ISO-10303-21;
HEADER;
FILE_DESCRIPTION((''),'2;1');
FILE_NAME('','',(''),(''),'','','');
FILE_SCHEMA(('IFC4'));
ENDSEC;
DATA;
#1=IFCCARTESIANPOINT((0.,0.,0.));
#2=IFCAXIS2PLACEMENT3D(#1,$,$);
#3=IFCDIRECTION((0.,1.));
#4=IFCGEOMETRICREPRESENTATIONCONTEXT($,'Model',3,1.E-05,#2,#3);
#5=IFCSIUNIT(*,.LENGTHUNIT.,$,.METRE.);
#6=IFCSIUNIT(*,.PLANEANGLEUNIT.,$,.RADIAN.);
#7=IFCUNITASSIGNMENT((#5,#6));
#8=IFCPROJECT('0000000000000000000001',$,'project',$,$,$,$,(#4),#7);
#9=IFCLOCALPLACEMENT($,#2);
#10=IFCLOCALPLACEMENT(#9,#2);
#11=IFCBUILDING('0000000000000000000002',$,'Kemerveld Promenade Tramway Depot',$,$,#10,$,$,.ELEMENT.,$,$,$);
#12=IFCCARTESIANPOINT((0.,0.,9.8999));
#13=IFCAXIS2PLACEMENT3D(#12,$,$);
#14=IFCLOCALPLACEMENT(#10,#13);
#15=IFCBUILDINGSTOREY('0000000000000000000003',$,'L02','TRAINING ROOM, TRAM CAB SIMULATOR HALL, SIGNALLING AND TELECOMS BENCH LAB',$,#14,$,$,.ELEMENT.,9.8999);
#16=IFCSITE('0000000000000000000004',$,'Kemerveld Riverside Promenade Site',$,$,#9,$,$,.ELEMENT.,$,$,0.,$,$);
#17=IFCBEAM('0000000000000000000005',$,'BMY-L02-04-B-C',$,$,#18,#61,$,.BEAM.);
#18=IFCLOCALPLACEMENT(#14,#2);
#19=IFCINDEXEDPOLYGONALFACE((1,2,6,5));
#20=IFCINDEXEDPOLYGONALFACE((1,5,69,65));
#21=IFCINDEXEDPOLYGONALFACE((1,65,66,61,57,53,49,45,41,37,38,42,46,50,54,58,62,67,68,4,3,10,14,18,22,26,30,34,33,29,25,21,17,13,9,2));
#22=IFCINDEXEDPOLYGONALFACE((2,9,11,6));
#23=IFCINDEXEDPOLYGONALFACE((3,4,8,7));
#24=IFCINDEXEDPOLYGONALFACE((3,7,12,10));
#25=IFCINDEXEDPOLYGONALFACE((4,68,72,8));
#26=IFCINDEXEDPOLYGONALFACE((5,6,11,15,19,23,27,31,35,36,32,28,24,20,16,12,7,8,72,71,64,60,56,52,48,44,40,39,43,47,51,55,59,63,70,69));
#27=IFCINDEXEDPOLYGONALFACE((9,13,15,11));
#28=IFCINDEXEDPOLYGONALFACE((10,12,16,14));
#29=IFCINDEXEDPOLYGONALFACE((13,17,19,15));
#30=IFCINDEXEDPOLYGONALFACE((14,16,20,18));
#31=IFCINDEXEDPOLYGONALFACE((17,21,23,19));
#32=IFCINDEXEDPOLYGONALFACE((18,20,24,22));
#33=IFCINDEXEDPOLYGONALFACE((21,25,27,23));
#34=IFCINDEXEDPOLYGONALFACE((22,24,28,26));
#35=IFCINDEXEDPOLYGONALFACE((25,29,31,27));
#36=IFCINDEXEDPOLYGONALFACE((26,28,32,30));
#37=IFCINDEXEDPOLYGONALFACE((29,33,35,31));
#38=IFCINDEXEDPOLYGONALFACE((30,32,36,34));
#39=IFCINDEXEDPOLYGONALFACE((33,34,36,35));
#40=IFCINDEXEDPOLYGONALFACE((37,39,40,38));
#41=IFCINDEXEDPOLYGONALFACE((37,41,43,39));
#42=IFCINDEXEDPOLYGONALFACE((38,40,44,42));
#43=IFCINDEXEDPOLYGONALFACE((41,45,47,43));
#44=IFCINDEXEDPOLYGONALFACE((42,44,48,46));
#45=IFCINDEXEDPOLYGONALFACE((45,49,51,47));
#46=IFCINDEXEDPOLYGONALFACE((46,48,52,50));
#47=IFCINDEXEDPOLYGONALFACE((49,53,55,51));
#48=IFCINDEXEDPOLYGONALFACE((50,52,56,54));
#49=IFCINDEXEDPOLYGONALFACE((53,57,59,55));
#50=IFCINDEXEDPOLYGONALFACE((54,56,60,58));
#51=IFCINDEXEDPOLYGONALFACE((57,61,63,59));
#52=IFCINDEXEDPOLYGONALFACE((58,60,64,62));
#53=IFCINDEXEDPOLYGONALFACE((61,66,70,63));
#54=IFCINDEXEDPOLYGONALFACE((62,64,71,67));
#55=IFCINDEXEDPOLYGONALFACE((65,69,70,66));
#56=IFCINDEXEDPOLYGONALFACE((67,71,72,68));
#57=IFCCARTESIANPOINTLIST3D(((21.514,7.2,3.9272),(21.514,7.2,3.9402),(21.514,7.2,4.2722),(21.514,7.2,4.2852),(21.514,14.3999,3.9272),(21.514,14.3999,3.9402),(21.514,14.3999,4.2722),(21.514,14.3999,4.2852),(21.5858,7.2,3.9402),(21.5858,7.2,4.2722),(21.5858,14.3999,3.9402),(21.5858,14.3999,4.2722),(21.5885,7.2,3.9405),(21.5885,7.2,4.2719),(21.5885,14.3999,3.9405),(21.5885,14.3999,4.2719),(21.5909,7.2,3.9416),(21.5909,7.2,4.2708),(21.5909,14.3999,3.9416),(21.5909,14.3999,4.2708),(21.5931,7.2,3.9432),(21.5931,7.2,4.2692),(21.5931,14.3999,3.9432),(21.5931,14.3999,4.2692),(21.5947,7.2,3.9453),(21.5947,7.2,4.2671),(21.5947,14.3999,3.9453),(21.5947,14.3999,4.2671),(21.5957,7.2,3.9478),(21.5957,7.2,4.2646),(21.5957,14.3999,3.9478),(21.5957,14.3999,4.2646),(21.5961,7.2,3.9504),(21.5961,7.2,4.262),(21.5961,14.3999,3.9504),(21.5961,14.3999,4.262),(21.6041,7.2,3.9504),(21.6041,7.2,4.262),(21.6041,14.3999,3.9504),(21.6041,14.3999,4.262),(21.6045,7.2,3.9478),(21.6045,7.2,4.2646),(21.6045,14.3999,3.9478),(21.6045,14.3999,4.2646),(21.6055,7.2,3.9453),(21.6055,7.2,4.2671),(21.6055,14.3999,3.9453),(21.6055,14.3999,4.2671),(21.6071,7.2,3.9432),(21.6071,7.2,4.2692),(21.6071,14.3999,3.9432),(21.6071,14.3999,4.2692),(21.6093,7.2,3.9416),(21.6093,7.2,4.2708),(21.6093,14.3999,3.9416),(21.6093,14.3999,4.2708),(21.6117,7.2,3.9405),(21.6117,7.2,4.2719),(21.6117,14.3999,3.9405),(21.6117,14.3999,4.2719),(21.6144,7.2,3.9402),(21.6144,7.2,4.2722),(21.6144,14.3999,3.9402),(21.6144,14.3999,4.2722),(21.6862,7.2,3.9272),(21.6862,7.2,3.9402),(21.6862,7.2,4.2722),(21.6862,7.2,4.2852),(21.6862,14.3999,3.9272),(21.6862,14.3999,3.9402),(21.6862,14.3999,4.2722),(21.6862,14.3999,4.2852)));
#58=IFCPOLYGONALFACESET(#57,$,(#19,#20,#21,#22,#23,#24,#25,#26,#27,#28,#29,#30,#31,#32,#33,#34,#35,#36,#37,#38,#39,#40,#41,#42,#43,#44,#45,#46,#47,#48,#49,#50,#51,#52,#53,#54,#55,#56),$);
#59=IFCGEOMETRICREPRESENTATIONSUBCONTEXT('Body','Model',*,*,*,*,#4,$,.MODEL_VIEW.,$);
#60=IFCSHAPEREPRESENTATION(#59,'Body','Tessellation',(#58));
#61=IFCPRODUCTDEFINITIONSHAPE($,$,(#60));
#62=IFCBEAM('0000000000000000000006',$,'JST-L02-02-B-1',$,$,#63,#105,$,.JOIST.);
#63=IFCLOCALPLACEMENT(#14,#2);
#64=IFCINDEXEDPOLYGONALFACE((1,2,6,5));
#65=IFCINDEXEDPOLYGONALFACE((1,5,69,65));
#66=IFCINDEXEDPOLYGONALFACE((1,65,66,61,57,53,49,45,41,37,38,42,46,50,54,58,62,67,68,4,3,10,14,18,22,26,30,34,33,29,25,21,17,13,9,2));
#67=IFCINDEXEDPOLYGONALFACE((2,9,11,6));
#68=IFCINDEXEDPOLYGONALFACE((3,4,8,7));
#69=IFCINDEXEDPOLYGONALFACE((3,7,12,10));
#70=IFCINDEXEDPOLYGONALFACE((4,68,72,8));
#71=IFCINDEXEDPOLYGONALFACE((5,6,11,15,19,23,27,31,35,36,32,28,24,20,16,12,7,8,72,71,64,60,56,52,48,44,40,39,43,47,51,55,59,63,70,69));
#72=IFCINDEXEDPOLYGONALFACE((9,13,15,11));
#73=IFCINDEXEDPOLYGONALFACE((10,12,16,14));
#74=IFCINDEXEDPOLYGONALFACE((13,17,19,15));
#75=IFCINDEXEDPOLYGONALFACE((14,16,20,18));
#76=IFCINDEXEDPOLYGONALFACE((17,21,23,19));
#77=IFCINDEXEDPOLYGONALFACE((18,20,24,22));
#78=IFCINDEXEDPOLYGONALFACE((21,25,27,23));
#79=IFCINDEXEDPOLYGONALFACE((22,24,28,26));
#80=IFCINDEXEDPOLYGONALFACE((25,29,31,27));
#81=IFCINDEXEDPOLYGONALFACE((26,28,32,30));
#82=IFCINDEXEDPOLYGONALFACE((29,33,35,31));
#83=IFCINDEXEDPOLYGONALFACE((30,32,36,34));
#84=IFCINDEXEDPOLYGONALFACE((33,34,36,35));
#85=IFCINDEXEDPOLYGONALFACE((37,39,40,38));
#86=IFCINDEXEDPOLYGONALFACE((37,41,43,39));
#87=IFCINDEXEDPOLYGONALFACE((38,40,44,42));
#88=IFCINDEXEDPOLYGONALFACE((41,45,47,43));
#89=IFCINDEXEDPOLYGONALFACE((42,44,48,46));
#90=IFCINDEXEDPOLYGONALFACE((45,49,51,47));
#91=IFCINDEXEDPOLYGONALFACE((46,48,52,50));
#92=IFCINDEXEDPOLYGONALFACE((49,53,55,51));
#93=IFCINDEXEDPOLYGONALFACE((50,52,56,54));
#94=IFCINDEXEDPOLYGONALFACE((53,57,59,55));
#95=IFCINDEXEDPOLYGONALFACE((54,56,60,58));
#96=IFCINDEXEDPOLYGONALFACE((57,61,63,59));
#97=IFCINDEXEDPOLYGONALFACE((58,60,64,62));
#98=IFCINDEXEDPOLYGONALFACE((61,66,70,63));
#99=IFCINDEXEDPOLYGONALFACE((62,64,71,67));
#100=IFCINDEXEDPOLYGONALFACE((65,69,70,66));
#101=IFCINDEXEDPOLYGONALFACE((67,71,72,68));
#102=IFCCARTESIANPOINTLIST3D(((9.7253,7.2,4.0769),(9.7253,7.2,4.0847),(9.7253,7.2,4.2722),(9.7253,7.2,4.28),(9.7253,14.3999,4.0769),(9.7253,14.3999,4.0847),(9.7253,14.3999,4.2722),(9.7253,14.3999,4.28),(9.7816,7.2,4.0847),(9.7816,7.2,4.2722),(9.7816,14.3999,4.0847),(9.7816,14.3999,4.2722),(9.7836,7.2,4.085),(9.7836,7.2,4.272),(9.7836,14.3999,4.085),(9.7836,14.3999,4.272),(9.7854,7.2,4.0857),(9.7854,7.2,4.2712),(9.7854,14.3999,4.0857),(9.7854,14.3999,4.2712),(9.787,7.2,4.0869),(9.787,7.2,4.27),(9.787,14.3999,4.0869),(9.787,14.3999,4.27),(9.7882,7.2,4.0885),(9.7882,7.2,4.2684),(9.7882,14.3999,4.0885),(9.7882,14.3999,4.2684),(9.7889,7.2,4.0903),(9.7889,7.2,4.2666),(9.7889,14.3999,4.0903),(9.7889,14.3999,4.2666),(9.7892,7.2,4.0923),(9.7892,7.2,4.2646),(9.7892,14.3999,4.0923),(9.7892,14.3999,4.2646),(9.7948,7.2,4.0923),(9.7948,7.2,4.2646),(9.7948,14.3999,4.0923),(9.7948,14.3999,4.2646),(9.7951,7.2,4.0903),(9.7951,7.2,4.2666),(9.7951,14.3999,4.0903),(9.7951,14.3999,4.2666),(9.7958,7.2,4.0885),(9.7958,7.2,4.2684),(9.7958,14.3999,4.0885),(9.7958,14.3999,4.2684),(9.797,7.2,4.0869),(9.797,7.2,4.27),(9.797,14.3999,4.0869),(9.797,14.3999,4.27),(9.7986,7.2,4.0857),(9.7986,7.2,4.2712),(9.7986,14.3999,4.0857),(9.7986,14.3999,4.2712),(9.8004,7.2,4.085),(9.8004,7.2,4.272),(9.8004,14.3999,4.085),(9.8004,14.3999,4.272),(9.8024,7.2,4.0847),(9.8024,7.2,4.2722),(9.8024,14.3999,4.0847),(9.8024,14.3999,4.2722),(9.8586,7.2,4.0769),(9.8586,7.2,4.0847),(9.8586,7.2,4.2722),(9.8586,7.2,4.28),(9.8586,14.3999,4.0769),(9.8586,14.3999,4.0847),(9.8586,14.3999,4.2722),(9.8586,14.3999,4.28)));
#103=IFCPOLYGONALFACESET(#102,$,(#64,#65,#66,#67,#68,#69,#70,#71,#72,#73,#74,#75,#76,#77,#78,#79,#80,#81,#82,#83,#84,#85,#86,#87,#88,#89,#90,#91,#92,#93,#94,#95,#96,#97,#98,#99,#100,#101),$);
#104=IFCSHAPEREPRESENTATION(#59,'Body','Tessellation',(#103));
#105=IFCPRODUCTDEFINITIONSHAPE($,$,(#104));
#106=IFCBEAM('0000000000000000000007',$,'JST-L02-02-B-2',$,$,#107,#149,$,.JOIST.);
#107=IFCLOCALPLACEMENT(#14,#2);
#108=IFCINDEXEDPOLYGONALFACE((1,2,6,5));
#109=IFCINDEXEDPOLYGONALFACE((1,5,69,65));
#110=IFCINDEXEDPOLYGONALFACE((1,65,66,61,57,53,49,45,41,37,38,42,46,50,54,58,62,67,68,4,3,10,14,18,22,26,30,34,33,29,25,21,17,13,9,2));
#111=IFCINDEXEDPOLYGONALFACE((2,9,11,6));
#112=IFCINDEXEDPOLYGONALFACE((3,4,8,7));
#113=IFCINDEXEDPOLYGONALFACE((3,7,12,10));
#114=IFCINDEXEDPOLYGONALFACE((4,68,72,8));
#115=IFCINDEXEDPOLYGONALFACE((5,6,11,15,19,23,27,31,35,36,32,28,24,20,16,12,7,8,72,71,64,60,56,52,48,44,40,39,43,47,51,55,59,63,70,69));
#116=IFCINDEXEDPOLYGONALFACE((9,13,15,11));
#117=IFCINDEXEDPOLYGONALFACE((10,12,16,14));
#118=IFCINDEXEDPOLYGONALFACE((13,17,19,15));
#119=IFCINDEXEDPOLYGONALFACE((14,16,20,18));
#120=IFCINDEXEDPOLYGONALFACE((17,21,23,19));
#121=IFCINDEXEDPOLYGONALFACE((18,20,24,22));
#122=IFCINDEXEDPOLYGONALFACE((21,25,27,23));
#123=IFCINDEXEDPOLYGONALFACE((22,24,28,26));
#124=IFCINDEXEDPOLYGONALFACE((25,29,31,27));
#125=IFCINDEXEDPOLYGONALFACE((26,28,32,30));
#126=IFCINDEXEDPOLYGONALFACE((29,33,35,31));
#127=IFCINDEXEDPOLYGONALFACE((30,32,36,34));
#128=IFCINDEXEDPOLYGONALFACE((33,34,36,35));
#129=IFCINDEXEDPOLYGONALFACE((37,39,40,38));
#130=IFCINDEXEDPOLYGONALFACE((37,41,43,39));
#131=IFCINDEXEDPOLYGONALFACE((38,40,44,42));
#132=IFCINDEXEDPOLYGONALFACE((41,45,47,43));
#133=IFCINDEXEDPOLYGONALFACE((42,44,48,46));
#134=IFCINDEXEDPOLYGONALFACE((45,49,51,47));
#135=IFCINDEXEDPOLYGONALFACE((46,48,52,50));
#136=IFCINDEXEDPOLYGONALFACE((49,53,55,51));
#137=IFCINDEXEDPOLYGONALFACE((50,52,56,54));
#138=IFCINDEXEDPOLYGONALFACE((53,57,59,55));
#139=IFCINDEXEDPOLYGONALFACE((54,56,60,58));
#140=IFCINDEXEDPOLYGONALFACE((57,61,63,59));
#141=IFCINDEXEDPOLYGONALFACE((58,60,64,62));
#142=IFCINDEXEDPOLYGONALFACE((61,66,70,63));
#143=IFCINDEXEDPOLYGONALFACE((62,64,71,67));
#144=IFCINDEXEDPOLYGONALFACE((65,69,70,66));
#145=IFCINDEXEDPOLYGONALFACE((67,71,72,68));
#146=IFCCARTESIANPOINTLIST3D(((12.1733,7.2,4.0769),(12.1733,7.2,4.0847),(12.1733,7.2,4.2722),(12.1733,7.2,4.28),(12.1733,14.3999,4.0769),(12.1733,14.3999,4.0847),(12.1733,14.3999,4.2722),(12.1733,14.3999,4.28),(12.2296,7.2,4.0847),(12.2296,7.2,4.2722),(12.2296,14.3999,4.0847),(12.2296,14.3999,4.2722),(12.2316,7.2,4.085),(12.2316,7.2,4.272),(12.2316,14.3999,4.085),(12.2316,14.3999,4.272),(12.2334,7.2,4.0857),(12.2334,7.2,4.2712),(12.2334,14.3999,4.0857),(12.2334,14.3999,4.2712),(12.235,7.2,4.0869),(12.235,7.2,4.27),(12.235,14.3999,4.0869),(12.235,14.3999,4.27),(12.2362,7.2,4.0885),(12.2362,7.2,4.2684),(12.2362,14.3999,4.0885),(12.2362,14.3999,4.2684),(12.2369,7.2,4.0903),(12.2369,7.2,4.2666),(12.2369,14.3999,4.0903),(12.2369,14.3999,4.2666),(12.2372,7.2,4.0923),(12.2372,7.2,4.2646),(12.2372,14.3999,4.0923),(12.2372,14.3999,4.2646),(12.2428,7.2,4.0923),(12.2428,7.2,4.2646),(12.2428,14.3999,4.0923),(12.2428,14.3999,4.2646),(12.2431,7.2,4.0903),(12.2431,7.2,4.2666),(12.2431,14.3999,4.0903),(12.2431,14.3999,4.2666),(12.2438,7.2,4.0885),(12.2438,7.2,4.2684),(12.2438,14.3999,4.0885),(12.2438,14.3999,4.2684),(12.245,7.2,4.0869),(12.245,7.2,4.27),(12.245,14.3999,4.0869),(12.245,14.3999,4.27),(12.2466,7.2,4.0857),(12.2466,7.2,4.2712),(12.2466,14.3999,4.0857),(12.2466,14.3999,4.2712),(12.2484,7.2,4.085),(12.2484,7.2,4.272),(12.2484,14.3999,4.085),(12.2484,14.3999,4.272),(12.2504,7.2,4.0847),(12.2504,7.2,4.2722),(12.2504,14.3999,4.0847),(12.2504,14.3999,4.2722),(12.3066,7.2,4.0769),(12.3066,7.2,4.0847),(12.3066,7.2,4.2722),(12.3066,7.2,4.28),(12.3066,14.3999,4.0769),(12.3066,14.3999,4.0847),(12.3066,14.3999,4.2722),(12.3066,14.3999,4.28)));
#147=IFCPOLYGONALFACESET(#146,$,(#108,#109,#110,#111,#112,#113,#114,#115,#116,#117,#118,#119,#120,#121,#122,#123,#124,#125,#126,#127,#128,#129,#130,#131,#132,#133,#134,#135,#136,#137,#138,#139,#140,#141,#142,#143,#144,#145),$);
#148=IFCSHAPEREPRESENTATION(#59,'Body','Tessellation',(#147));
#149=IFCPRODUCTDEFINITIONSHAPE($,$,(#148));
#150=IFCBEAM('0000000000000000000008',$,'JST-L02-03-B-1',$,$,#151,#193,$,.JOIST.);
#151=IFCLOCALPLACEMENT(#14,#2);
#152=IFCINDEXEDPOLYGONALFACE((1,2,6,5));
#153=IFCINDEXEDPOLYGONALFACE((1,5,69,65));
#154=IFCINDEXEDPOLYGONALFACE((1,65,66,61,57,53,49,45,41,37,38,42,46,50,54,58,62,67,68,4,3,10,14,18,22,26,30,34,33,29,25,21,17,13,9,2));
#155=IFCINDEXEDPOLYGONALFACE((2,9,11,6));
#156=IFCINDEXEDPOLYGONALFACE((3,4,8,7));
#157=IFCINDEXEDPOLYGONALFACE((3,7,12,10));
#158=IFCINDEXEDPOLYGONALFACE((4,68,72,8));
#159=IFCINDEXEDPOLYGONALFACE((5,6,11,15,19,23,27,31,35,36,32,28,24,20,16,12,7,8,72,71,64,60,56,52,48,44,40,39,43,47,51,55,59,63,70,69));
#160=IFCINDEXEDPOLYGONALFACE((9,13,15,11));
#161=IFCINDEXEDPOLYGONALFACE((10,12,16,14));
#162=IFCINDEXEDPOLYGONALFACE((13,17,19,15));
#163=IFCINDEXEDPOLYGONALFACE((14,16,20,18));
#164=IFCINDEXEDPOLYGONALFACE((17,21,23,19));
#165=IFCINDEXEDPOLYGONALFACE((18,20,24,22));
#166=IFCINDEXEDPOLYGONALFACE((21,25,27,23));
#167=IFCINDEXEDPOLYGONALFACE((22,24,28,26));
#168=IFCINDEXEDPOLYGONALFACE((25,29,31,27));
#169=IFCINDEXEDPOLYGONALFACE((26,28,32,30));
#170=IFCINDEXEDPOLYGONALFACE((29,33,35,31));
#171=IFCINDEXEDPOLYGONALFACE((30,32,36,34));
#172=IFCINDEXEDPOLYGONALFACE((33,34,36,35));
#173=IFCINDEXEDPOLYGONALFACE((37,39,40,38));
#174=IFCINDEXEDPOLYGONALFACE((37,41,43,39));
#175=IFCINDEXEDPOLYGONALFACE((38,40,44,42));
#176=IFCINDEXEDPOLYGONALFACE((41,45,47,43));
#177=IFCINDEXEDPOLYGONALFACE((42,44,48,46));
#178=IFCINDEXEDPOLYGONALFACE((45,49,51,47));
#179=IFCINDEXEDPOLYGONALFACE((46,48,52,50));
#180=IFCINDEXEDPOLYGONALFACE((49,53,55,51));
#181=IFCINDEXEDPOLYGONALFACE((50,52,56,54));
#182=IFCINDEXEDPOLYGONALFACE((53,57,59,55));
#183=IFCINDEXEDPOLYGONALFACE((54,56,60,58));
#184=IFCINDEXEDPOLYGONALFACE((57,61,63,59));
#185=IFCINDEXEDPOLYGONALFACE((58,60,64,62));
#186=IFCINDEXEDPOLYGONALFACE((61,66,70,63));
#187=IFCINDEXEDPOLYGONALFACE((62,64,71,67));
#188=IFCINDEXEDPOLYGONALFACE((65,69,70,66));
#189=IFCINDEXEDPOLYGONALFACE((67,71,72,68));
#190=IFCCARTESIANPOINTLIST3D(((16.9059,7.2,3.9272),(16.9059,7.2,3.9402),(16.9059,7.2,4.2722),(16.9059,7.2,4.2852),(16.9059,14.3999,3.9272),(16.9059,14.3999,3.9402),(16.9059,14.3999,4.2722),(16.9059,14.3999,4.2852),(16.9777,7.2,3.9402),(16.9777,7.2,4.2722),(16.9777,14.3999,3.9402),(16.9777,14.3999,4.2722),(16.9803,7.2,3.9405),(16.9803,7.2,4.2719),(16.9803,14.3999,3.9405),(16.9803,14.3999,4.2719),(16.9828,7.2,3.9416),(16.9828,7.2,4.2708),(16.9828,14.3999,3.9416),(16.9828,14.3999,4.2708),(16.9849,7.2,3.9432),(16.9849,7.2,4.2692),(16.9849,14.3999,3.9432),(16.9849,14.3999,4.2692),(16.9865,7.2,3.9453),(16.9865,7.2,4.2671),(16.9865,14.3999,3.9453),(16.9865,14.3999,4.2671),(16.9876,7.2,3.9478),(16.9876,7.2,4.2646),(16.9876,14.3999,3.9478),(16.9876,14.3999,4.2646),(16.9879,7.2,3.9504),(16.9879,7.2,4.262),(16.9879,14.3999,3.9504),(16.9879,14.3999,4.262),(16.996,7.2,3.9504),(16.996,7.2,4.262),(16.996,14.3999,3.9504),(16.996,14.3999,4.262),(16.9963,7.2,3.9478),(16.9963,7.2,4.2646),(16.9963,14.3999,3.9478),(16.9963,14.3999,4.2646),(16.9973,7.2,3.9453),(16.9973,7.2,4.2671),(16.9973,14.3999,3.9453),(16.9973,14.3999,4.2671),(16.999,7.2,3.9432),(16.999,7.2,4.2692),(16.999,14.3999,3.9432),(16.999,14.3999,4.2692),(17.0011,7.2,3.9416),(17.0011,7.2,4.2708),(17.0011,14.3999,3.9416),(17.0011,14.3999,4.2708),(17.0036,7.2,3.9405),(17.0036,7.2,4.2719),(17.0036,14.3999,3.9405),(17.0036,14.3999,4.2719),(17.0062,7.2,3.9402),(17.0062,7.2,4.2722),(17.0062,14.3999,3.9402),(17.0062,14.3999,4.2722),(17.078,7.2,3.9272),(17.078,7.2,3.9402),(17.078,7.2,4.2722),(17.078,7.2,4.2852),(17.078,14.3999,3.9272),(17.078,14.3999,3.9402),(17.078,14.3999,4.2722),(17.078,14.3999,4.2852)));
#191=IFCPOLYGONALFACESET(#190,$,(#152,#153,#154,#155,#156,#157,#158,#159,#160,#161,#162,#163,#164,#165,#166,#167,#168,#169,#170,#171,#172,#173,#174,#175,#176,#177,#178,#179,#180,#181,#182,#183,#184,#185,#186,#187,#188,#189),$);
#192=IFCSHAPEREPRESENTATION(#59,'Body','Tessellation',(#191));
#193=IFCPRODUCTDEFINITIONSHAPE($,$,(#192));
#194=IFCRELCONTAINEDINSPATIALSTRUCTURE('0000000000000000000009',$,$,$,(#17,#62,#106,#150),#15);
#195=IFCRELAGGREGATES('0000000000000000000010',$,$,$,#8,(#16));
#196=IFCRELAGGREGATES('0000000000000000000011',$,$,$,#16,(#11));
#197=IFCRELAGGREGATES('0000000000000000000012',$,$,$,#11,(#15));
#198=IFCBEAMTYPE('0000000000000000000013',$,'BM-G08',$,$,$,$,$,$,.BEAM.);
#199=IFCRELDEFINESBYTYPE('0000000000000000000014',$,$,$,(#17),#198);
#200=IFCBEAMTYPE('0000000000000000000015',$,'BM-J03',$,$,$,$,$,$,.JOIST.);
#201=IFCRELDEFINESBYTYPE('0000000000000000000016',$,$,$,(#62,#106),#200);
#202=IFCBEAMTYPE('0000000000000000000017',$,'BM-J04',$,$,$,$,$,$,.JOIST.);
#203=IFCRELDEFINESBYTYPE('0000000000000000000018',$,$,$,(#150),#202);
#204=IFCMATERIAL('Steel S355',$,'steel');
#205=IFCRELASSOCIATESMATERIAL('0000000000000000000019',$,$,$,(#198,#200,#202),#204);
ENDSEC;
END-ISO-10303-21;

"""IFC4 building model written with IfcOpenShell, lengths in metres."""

from ifc_helpers import new_model, si_unit, direction, frame, origin, origin_2d, place, context, subcontext, project, spatial, i_section, extrude, material, material_profile, profile_set, type_object, element, save


model = new_model("IFC4")

# Units and contexts
model_context = context("Model", 3, precision=1e-05, world=origin(), true_north=direction((0.0, 1.0)))
body_context = subcontext(model_context, "Body", "Model", "MODEL_VIEW")
ifc_project = project(units=[si_unit("LENGTHUNIT", "METRE"), si_unit("PLANEANGLEUNIT", "RADIAN")], contexts=[model_context])

# Site, building, storey
site_placement = place(None, origin())
site = spatial("IfcSite", under=ifc_project, at=site_placement, Name="Kemerveld Riverside Promenade Site", CompositionType="ELEMENT", RefElevation=0.0)
building_placement = place(site_placement, origin())
building = spatial("IfcBuilding", under=site, at=building_placement, Name="Kemerveld Promenade Tramway Depot", CompositionType="ELEMENT")
storey_placement = place(building_placement, frame((0.0, 0.0, 9.8999)))
storey = spatial("IfcBuildingStorey", under=building, at=storey_placement, Name="L02", Description="TRAINING ROOM, TRAM CAB SIMULATOR HALL, SIGNALLING AND TELECOMS BENCH LAB", CompositionType="ELEMENT", Elevation=9.8999)

# Shared definitions
ifc_material_1 = material(Name="Steel S355", Category="steel")

# Beams
ifc_material_profile_1 = material_profile(ifc_material_1, i_section(OverallWidth=0.1721, OverallDepth=0.3579, WebThickness=0.0081, FlangeThickness=0.0129, FilletRadius=0.0103, at=origin_2d()), Name="356x171x57 UB")
ifc_profile_set_1 = profile_set([ifc_material_profile_1], Name="Steel S355")
beam_type_1 = type_object("IfcBeamType", Name="BM-G08", PredefinedType="BEAM", material=ifc_profile_set_1)
beam_1_placement = place(storey_placement, frame((21.6001, 7.2, 4.1062), z_axis=(0.0, 1.0, 0.0), x_axis=(-1.0, 0.0, 0.0)))
element("IfcBeam", 1, at=beam_1_placement, inside=storey, type_object=beam_type_1, Name="BMY-L02-04-B-C", PredefinedType="BEAM", context=body_context, shape_type="SweptSolid", body=[
    extrude(i_section(OverallWidth=0.1721, OverallDepth=0.3579, WebThickness=0.0081, FlangeThickness=0.0129, FilletRadius=0.0103, at=origin_2d()), origin(), (0.0, 0.0, 1.0), 7.2),
])
ifc_material_profile_2 = material_profile(ifc_material_1, i_section(OverallWidth=0.1333, OverallDepth=0.2031, WebThickness=0.0056, FlangeThickness=0.0078, FilletRadius=0.0076, at=origin_2d()), Name="203x133x25 UB")
ifc_profile_set_2 = profile_set([ifc_material_profile_2], Name="Steel S355")
beam_type_2 = type_object("IfcBeamType", Name="BM-J03", PredefinedType="JOIST", material=ifc_profile_set_2)
for number, where, z_axis, x_axis, name in (
    (2, (9.792, 7.2, 4.1785), (0.0, 1.0, 0.0), (-1.0, 0.0, 0.0), "JST-L02-02-B-1"),
    (3, (12.24, 7.2, 4.1785), (0.0, 1.0, 0.0), (-1.0, 0.0, 0.0), "JST-L02-02-B-2"),
):
    element("IfcBeam", number, at=place(storey_placement, frame(where, z_axis=z_axis, x_axis=x_axis)), inside=storey, type_object=beam_type_2, Name=name, PredefinedType="JOIST", context=body_context, shape_type="SweptSolid", body=[
        extrude(i_section(OverallWidth=0.1333, OverallDepth=0.2031, WebThickness=0.0056, FlangeThickness=0.0078, FilletRadius=0.0076, at=origin_2d()), origin(), (0.0, 0.0, 1.0), 7.2),
    ])
ifc_material_profile_3 = material_profile(ifc_material_1, i_section(OverallWidth=0.1721, OverallDepth=0.3579, WebThickness=0.0081, FlangeThickness=0.0129, FilletRadius=0.0103, at=origin_2d()), Name="356x171x57 UB")
ifc_profile_set_3 = profile_set([ifc_material_profile_3], Name="Steel S355")
beam_type_3 = type_object("IfcBeamType", Name="BM-J04", PredefinedType="JOIST", material=ifc_profile_set_3)
for number, where, z_axis, x_axis, name in (
    (4, (16.9919, 7.2, 4.1062), (0.0, 1.0, 0.0), (-1.0, 0.0, 0.0), "JST-L02-03-B-1"),
):
    element("IfcBeam", number, at=place(storey_placement, frame(where, z_axis=z_axis, x_axis=x_axis)), inside=storey, type_object=beam_type_3, Name=name, PredefinedType="JOIST", context=body_context, shape_type="SweptSolid", body=[
        extrude(i_section(OverallWidth=0.1721, OverallDepth=0.3579, WebThickness=0.0081, FlangeThickness=0.0129, FilletRadius=0.0103, at=origin_2d()), origin(), (0.0, 0.0, 1.0), 7.2),
    ])

save(model, "model.ifc")
